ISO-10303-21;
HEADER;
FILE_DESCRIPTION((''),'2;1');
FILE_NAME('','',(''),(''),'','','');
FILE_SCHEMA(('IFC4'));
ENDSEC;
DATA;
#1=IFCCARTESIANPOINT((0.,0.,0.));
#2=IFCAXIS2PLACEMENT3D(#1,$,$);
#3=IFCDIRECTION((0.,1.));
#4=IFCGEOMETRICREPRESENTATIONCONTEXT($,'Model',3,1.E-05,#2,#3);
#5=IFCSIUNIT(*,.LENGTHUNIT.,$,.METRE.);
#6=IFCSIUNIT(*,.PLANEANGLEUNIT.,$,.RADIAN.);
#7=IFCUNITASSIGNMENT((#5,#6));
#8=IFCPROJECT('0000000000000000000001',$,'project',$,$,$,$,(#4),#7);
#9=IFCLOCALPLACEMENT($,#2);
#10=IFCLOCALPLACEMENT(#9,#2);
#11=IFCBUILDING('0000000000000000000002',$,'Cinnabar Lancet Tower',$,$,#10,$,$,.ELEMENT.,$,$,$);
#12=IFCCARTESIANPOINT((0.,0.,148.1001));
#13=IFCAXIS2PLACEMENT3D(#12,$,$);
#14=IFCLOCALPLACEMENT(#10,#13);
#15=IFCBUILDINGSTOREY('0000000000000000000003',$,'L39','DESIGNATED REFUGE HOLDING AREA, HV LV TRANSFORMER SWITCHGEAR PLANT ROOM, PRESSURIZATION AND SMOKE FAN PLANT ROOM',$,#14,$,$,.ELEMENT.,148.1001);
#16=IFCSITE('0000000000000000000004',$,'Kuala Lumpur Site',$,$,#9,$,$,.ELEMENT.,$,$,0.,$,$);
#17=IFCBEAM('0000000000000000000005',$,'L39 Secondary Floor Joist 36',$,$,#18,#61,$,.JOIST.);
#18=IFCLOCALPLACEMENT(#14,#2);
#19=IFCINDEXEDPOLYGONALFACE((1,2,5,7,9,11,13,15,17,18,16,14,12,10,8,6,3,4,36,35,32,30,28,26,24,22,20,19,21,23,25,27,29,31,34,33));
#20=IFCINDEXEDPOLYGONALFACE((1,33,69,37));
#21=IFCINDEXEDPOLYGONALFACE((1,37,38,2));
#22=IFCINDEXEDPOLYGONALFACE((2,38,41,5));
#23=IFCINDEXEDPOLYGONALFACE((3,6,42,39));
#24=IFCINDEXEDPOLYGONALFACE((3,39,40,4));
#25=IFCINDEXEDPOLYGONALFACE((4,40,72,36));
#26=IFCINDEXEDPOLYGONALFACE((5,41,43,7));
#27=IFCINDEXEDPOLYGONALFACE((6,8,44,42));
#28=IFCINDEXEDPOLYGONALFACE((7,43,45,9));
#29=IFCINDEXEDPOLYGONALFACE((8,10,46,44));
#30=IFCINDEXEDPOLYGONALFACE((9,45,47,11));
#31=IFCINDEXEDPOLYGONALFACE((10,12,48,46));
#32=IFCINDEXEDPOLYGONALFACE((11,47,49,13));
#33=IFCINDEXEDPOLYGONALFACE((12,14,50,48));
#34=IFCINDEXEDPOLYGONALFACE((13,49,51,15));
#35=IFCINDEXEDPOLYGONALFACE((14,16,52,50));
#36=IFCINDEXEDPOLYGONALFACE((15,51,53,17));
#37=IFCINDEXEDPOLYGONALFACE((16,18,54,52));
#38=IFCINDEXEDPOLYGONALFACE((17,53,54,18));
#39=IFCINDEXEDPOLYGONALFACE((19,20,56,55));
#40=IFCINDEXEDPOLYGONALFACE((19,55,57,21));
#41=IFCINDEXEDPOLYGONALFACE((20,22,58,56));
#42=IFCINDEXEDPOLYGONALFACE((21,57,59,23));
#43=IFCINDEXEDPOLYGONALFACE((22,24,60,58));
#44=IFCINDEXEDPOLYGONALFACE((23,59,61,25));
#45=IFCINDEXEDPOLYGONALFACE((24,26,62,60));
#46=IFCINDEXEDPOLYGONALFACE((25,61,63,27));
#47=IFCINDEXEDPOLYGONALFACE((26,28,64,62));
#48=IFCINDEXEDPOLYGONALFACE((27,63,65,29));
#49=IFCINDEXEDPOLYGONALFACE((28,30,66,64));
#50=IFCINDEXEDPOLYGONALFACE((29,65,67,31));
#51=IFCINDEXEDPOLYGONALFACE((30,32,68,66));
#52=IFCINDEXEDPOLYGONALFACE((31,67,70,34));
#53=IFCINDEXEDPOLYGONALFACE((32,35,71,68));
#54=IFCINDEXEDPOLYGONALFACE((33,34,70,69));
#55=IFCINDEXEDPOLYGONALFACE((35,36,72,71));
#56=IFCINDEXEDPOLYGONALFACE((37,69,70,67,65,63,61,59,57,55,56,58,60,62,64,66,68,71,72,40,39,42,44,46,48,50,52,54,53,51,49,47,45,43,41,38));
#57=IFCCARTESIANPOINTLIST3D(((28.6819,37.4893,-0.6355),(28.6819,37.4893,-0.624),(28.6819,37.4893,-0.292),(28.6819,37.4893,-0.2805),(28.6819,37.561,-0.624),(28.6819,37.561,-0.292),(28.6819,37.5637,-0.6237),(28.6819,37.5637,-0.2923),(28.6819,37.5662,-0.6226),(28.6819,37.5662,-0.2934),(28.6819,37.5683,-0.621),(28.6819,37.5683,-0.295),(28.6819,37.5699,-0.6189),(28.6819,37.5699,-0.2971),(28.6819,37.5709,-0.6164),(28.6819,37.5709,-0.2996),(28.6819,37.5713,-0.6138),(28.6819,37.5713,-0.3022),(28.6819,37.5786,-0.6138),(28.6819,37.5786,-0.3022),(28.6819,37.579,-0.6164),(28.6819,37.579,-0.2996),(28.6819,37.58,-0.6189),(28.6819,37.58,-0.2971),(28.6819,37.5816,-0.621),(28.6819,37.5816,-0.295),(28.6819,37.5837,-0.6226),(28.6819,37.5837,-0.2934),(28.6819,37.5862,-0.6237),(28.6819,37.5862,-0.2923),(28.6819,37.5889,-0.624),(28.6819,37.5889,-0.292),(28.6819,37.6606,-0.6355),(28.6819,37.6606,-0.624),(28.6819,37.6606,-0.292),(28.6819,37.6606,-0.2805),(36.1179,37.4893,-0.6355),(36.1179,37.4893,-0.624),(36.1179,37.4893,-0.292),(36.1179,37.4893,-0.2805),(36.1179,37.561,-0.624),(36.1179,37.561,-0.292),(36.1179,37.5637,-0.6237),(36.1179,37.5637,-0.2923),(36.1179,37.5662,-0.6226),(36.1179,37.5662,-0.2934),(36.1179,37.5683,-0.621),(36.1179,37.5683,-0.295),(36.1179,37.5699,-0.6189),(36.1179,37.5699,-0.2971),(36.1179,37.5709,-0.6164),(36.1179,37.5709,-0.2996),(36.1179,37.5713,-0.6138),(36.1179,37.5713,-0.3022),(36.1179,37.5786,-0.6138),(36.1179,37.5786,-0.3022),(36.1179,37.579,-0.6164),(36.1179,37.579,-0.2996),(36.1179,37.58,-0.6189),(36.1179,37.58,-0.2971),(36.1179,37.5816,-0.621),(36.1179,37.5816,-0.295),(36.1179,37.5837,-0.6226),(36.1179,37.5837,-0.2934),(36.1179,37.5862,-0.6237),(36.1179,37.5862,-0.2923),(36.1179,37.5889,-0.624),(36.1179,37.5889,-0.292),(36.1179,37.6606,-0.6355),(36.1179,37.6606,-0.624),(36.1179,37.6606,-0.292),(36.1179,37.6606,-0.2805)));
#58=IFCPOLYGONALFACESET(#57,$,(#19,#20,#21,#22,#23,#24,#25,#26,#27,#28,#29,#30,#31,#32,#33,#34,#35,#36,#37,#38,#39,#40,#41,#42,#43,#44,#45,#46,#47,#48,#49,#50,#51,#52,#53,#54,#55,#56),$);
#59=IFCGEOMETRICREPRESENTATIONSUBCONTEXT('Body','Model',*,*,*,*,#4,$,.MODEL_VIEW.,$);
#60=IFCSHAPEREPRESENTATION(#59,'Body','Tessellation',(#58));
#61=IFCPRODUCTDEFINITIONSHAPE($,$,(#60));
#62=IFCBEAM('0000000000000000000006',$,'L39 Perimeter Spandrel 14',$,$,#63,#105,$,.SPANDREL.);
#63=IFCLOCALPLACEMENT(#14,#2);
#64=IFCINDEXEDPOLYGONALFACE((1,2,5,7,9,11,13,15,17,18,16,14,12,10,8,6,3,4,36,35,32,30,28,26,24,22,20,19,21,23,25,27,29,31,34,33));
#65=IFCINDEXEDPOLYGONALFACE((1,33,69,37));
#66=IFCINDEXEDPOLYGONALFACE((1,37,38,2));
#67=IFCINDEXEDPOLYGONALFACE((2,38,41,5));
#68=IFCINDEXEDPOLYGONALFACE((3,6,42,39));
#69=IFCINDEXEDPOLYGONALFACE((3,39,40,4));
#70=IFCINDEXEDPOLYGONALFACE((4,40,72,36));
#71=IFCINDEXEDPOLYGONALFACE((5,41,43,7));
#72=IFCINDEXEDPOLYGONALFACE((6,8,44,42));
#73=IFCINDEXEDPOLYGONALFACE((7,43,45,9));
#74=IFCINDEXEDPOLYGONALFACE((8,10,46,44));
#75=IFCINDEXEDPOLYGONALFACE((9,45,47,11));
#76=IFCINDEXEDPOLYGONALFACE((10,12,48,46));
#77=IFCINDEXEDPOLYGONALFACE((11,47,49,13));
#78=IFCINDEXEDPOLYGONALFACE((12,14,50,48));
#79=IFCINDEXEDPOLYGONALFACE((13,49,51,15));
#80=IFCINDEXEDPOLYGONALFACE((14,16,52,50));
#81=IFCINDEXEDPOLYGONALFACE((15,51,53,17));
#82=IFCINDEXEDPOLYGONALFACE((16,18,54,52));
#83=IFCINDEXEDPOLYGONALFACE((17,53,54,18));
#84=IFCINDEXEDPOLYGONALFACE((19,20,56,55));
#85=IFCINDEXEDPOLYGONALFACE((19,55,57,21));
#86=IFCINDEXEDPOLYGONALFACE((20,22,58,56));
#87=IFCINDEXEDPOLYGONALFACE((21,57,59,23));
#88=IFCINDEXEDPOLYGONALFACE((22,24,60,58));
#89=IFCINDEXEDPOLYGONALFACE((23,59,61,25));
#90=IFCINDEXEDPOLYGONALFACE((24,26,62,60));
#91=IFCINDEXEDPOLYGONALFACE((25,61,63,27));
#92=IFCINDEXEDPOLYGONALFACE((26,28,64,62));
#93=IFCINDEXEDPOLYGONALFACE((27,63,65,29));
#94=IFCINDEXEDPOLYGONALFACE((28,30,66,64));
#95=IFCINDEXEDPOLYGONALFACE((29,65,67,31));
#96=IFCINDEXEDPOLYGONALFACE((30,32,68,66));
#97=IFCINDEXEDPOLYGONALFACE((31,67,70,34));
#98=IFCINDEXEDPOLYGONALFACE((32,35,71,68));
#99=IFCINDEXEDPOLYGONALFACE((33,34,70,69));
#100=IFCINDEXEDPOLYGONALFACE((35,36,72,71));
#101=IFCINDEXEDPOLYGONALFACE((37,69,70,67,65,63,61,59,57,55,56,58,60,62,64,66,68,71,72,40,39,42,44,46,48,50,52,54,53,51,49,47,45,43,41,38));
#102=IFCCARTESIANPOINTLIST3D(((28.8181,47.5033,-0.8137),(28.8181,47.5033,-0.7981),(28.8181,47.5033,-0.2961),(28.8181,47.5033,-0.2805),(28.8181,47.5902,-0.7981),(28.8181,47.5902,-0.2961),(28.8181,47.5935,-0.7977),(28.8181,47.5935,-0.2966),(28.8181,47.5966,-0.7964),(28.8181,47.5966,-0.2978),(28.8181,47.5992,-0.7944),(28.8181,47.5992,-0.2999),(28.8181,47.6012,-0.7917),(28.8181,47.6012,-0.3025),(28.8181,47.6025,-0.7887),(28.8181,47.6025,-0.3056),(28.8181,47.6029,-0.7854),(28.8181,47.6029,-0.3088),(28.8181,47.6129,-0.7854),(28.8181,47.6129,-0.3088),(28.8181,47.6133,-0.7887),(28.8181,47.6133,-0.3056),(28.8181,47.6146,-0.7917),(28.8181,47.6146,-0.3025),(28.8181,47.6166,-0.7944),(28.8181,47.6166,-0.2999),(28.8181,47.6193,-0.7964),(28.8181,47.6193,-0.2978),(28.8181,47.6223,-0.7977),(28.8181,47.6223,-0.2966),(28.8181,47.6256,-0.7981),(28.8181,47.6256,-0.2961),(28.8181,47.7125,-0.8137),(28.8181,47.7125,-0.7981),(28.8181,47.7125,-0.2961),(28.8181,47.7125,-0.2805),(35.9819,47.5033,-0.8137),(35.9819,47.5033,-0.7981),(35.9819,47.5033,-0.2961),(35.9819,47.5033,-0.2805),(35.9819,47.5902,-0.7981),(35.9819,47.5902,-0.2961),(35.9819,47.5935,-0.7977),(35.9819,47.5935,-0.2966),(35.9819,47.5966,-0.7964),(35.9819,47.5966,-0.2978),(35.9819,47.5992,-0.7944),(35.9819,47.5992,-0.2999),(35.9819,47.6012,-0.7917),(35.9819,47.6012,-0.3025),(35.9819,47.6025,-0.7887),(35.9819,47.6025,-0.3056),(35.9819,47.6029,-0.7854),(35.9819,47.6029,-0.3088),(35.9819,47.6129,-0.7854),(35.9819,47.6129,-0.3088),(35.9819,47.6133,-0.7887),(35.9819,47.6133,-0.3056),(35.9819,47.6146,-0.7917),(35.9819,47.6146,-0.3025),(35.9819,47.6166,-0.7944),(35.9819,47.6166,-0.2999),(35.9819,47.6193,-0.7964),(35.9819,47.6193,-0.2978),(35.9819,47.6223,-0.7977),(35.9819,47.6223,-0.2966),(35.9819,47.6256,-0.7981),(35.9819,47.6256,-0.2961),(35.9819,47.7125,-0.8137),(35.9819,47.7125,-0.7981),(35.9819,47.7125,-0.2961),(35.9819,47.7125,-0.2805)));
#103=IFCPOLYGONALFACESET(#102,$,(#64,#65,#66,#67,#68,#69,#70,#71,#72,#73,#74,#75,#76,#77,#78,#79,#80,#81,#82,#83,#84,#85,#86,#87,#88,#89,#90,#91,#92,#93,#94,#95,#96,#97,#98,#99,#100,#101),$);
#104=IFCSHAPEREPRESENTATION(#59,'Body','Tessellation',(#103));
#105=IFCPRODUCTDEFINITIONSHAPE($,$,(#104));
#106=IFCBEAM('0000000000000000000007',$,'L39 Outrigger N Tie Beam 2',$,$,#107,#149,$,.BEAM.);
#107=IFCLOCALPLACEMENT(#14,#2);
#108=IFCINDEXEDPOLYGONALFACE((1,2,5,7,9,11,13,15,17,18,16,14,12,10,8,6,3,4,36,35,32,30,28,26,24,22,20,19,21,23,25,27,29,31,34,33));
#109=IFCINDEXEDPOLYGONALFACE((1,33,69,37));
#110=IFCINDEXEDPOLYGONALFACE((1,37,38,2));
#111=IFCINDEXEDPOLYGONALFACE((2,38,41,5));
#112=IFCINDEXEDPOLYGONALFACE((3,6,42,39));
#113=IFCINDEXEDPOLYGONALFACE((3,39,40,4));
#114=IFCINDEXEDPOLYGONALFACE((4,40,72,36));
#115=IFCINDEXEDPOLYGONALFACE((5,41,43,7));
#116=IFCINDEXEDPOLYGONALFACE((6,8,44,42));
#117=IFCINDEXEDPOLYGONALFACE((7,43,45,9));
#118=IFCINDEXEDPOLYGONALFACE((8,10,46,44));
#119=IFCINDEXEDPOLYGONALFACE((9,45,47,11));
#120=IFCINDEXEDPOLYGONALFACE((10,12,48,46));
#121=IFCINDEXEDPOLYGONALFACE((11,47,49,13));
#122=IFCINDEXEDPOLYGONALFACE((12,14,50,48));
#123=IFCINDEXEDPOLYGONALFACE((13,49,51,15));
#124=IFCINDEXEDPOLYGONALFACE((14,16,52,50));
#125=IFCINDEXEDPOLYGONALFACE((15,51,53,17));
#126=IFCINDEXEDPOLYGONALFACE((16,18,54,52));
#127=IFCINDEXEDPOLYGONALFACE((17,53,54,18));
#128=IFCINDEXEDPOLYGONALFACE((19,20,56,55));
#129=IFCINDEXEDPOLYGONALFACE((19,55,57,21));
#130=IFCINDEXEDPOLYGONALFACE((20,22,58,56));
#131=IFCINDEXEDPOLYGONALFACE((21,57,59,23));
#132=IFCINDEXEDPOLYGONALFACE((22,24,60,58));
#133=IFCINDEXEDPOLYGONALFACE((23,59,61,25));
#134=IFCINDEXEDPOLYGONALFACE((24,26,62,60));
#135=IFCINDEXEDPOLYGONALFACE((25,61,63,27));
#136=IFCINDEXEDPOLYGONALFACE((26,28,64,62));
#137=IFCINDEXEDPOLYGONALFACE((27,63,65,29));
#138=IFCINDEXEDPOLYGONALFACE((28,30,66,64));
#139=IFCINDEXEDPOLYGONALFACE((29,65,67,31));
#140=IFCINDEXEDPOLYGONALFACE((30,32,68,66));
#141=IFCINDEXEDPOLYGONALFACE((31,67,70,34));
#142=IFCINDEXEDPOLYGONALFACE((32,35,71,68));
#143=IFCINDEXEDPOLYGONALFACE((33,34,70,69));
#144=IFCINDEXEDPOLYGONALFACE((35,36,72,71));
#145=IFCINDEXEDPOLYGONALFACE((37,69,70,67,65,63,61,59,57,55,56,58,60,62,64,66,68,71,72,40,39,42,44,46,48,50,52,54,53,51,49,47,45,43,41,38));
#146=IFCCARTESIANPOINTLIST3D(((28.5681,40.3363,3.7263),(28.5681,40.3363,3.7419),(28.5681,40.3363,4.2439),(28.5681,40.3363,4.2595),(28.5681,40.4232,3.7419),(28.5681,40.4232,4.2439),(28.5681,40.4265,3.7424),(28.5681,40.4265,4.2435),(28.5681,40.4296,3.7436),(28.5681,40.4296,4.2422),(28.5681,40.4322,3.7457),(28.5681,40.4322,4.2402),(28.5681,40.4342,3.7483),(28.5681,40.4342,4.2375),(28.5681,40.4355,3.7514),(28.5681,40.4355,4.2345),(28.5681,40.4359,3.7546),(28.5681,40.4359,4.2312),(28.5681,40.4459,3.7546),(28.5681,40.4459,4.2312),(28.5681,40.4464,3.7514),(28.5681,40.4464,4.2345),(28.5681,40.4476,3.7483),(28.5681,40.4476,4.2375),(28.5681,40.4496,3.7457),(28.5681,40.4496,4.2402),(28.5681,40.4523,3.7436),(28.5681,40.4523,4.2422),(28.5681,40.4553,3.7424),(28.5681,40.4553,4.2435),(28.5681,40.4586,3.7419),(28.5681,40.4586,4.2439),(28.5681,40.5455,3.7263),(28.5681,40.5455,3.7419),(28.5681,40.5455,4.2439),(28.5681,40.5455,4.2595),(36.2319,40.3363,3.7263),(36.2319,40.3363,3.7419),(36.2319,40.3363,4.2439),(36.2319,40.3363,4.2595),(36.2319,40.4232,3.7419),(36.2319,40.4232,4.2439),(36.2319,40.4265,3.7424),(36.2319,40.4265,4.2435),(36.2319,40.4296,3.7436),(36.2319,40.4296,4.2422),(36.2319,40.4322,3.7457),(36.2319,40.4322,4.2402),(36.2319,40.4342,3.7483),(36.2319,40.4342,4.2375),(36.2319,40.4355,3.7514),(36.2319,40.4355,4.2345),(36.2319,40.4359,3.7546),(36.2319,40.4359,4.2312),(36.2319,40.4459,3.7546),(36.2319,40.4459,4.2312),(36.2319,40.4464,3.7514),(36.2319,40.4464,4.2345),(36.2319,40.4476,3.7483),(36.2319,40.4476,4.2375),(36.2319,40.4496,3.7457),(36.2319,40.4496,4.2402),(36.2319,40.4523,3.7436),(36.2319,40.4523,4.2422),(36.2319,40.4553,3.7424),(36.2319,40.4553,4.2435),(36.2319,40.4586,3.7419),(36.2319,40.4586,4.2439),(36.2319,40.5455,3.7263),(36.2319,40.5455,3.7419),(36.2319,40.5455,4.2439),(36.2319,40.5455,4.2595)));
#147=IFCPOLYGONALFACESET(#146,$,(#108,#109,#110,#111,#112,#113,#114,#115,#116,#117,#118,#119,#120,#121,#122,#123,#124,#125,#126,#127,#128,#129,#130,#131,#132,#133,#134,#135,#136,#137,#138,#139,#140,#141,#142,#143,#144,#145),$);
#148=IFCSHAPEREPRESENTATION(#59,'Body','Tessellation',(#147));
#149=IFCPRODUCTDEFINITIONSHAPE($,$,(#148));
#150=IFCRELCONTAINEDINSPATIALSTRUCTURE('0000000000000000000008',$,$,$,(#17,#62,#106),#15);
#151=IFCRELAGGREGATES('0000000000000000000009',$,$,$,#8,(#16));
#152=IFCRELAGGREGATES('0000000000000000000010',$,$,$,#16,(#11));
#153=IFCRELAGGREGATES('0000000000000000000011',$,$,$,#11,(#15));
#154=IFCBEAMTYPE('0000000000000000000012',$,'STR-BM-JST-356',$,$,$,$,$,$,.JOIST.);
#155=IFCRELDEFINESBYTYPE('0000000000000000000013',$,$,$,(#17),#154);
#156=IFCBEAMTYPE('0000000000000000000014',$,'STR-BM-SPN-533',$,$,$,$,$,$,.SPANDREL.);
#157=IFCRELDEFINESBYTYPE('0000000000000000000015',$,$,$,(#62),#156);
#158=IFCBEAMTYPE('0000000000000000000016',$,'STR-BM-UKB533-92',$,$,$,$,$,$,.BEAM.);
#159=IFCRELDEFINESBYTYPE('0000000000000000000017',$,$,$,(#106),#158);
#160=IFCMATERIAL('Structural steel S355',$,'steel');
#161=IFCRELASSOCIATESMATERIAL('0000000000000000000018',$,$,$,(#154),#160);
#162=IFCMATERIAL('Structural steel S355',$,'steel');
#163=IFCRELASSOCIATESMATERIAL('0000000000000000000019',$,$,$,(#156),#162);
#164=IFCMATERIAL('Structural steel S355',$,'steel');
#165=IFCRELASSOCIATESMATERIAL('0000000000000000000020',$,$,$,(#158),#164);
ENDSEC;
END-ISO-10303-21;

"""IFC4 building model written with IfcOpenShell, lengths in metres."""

from ifc_helpers import new_model, si_unit, direction, frame, origin, origin_2d, place, context, subcontext, project, spatial, i_section, extrude, material, material_profile, profile_set, type_object, element, save


model = new_model("IFC4")

# Units and contexts
model_context = context("Model", 3, precision=1e-05, world=origin(), true_north=direction((0.0, 1.0)))
body_context = subcontext(model_context, "Body", "Model", "MODEL_VIEW")
ifc_project = project(units=[si_unit("LENGTHUNIT", "METRE"), si_unit("PLANEANGLEUNIT", "RADIAN")], contexts=[model_context])

# Site, building, storey
site_placement = place(None, origin())
site = spatial("IfcSite", under=ifc_project, at=site_placement, Name="Kuala Lumpur Site", CompositionType="ELEMENT", RefElevation=0.0)
building_placement = place(site_placement, origin())
building = spatial("IfcBuilding", under=site, at=building_placement, Name="Cinnabar Lancet Tower", CompositionType="ELEMENT")
storey_placement = place(building_placement, frame((0.0, 0.0, 148.1001)))
storey = spatial("IfcBuildingStorey", under=building, at=storey_placement, Name="L39", Description="DESIGNATED REFUGE HOLDING AREA, HV LV TRANSFORMER SWITCHGEAR PLANT ROOM, PRESSURIZATION AND SMOKE FAN PLANT ROOM", CompositionType="ELEMENT", Elevation=148.1001)

# Beams
ifc_material_1 = material(Name="Structural steel S355", Category="steel")
ifc_material_profile_1 = material_profile(ifc_material_1, i_section(OverallWidth=0.1714, OverallDepth=0.355, WebThickness=0.0073, FlangeThickness=0.0115, FilletRadius=0.0103, at=origin_2d()), Name="UKB 356x171x51")
ifc_profile_set_1 = profile_set([ifc_material_profile_1], Name="Structural steel S355")
beam_type_1 = type_object("IfcBeamType", Name="STR-BM-JST-356", PredefinedType="JOIST", material=ifc_profile_set_1)
for number, where, z_axis, x_axis, name in (
    (1, (36.1179, 37.575, -0.458), (-1.0, 0.0, 0.0), (0.0, -1.0, 0.0), "L39 Secondary Floor Joist 36"),
):
    element("IfcBeam", number, at=place(storey_placement, frame(where, z_axis=z_axis, x_axis=x_axis)), inside=storey, type_object=beam_type_1, Name=name, PredefinedType="JOIST", context=body_context, shape_type="SweptSolid", body=[
        extrude(i_section(OverallWidth=0.1714, OverallDepth=0.355, WebThickness=0.0073, FlangeThickness=0.0115, FilletRadius=0.0103, at=origin_2d()), origin(), (0.0, 0.0, 1.0), 7.436),
    ])
ifc_material_2 = material(Name="Structural steel S355", Category="steel")
ifc_material_profile_2 = material_profile(ifc_material_2, i_section(OverallWidth=0.2092, OverallDepth=0.5332, WebThickness=0.01, FlangeThickness=0.0156, FilletRadius=0.0127, at=origin_2d()), Name="UKB 533x210x92")
ifc_profile_set_2 = profile_set([ifc_material_profile_2], Name="Structural steel S355")
beam_type_2 = type_object("IfcBeamType", Name="STR-BM-SPN-533", PredefinedType="SPANDREL", material=ifc_profile_set_2)
beam_1_placement = place(storey_placement, frame((35.9819, 47.6079, -0.5471), z_axis=(-1.0, 0.0, 0.0), x_axis=(0.0, -1.0, 0.0)))
element("IfcBeam", 2, at=beam_1_placement, inside=storey, type_object=beam_type_2, Name="L39 Perimeter Spandrel 14", PredefinedType="SPANDREL", context=body_context, shape_type="SweptSolid", body=[
    extrude(i_section(OverallWidth=0.2092, OverallDepth=0.5332, WebThickness=0.01, FlangeThickness=0.0156, FilletRadius=0.0127, at=origin_2d()), origin(), (0.0, 0.0, 1.0), 7.1638),
])
ifc_material_3 = material(Name="Structural steel S355", Category="steel")
ifc_material_profile_3 = material_profile(ifc_material_3, i_section(OverallWidth=0.2092, OverallDepth=0.5332, WebThickness=0.01, FlangeThickness=0.0156, FilletRadius=0.0127, at=origin_2d()), Name="UKB 533x210x92")
ifc_profile_set_3 = profile_set([ifc_material_profile_3], Name="Structural steel S355")
beam_type_3 = type_object("IfcBeamType", Name="STR-BM-UKB533-92", PredefinedType="BEAM", material=ifc_profile_set_3)
beam_2_placement = place(storey_placement, frame((36.2319, 40.4409, 3.9929), z_axis=(-1.0, 0.0, 0.0), x_axis=(0.0, -1.0, 0.0)))
element("IfcBeam", 3, at=beam_2_placement, inside=storey, type_object=beam_type_3, Name="L39 Outrigger N Tie Beam 2", PredefinedType="BEAM", context=body_context, shape_type="SweptSolid", body=[
    extrude(i_section(OverallWidth=0.2092, OverallDepth=0.5332, WebThickness=0.01, FlangeThickness=0.0156, FilletRadius=0.0127, at=origin_2d()), origin(), (0.0, 0.0, 1.0), 7.6638),
])

save(model, "model.ifc")
